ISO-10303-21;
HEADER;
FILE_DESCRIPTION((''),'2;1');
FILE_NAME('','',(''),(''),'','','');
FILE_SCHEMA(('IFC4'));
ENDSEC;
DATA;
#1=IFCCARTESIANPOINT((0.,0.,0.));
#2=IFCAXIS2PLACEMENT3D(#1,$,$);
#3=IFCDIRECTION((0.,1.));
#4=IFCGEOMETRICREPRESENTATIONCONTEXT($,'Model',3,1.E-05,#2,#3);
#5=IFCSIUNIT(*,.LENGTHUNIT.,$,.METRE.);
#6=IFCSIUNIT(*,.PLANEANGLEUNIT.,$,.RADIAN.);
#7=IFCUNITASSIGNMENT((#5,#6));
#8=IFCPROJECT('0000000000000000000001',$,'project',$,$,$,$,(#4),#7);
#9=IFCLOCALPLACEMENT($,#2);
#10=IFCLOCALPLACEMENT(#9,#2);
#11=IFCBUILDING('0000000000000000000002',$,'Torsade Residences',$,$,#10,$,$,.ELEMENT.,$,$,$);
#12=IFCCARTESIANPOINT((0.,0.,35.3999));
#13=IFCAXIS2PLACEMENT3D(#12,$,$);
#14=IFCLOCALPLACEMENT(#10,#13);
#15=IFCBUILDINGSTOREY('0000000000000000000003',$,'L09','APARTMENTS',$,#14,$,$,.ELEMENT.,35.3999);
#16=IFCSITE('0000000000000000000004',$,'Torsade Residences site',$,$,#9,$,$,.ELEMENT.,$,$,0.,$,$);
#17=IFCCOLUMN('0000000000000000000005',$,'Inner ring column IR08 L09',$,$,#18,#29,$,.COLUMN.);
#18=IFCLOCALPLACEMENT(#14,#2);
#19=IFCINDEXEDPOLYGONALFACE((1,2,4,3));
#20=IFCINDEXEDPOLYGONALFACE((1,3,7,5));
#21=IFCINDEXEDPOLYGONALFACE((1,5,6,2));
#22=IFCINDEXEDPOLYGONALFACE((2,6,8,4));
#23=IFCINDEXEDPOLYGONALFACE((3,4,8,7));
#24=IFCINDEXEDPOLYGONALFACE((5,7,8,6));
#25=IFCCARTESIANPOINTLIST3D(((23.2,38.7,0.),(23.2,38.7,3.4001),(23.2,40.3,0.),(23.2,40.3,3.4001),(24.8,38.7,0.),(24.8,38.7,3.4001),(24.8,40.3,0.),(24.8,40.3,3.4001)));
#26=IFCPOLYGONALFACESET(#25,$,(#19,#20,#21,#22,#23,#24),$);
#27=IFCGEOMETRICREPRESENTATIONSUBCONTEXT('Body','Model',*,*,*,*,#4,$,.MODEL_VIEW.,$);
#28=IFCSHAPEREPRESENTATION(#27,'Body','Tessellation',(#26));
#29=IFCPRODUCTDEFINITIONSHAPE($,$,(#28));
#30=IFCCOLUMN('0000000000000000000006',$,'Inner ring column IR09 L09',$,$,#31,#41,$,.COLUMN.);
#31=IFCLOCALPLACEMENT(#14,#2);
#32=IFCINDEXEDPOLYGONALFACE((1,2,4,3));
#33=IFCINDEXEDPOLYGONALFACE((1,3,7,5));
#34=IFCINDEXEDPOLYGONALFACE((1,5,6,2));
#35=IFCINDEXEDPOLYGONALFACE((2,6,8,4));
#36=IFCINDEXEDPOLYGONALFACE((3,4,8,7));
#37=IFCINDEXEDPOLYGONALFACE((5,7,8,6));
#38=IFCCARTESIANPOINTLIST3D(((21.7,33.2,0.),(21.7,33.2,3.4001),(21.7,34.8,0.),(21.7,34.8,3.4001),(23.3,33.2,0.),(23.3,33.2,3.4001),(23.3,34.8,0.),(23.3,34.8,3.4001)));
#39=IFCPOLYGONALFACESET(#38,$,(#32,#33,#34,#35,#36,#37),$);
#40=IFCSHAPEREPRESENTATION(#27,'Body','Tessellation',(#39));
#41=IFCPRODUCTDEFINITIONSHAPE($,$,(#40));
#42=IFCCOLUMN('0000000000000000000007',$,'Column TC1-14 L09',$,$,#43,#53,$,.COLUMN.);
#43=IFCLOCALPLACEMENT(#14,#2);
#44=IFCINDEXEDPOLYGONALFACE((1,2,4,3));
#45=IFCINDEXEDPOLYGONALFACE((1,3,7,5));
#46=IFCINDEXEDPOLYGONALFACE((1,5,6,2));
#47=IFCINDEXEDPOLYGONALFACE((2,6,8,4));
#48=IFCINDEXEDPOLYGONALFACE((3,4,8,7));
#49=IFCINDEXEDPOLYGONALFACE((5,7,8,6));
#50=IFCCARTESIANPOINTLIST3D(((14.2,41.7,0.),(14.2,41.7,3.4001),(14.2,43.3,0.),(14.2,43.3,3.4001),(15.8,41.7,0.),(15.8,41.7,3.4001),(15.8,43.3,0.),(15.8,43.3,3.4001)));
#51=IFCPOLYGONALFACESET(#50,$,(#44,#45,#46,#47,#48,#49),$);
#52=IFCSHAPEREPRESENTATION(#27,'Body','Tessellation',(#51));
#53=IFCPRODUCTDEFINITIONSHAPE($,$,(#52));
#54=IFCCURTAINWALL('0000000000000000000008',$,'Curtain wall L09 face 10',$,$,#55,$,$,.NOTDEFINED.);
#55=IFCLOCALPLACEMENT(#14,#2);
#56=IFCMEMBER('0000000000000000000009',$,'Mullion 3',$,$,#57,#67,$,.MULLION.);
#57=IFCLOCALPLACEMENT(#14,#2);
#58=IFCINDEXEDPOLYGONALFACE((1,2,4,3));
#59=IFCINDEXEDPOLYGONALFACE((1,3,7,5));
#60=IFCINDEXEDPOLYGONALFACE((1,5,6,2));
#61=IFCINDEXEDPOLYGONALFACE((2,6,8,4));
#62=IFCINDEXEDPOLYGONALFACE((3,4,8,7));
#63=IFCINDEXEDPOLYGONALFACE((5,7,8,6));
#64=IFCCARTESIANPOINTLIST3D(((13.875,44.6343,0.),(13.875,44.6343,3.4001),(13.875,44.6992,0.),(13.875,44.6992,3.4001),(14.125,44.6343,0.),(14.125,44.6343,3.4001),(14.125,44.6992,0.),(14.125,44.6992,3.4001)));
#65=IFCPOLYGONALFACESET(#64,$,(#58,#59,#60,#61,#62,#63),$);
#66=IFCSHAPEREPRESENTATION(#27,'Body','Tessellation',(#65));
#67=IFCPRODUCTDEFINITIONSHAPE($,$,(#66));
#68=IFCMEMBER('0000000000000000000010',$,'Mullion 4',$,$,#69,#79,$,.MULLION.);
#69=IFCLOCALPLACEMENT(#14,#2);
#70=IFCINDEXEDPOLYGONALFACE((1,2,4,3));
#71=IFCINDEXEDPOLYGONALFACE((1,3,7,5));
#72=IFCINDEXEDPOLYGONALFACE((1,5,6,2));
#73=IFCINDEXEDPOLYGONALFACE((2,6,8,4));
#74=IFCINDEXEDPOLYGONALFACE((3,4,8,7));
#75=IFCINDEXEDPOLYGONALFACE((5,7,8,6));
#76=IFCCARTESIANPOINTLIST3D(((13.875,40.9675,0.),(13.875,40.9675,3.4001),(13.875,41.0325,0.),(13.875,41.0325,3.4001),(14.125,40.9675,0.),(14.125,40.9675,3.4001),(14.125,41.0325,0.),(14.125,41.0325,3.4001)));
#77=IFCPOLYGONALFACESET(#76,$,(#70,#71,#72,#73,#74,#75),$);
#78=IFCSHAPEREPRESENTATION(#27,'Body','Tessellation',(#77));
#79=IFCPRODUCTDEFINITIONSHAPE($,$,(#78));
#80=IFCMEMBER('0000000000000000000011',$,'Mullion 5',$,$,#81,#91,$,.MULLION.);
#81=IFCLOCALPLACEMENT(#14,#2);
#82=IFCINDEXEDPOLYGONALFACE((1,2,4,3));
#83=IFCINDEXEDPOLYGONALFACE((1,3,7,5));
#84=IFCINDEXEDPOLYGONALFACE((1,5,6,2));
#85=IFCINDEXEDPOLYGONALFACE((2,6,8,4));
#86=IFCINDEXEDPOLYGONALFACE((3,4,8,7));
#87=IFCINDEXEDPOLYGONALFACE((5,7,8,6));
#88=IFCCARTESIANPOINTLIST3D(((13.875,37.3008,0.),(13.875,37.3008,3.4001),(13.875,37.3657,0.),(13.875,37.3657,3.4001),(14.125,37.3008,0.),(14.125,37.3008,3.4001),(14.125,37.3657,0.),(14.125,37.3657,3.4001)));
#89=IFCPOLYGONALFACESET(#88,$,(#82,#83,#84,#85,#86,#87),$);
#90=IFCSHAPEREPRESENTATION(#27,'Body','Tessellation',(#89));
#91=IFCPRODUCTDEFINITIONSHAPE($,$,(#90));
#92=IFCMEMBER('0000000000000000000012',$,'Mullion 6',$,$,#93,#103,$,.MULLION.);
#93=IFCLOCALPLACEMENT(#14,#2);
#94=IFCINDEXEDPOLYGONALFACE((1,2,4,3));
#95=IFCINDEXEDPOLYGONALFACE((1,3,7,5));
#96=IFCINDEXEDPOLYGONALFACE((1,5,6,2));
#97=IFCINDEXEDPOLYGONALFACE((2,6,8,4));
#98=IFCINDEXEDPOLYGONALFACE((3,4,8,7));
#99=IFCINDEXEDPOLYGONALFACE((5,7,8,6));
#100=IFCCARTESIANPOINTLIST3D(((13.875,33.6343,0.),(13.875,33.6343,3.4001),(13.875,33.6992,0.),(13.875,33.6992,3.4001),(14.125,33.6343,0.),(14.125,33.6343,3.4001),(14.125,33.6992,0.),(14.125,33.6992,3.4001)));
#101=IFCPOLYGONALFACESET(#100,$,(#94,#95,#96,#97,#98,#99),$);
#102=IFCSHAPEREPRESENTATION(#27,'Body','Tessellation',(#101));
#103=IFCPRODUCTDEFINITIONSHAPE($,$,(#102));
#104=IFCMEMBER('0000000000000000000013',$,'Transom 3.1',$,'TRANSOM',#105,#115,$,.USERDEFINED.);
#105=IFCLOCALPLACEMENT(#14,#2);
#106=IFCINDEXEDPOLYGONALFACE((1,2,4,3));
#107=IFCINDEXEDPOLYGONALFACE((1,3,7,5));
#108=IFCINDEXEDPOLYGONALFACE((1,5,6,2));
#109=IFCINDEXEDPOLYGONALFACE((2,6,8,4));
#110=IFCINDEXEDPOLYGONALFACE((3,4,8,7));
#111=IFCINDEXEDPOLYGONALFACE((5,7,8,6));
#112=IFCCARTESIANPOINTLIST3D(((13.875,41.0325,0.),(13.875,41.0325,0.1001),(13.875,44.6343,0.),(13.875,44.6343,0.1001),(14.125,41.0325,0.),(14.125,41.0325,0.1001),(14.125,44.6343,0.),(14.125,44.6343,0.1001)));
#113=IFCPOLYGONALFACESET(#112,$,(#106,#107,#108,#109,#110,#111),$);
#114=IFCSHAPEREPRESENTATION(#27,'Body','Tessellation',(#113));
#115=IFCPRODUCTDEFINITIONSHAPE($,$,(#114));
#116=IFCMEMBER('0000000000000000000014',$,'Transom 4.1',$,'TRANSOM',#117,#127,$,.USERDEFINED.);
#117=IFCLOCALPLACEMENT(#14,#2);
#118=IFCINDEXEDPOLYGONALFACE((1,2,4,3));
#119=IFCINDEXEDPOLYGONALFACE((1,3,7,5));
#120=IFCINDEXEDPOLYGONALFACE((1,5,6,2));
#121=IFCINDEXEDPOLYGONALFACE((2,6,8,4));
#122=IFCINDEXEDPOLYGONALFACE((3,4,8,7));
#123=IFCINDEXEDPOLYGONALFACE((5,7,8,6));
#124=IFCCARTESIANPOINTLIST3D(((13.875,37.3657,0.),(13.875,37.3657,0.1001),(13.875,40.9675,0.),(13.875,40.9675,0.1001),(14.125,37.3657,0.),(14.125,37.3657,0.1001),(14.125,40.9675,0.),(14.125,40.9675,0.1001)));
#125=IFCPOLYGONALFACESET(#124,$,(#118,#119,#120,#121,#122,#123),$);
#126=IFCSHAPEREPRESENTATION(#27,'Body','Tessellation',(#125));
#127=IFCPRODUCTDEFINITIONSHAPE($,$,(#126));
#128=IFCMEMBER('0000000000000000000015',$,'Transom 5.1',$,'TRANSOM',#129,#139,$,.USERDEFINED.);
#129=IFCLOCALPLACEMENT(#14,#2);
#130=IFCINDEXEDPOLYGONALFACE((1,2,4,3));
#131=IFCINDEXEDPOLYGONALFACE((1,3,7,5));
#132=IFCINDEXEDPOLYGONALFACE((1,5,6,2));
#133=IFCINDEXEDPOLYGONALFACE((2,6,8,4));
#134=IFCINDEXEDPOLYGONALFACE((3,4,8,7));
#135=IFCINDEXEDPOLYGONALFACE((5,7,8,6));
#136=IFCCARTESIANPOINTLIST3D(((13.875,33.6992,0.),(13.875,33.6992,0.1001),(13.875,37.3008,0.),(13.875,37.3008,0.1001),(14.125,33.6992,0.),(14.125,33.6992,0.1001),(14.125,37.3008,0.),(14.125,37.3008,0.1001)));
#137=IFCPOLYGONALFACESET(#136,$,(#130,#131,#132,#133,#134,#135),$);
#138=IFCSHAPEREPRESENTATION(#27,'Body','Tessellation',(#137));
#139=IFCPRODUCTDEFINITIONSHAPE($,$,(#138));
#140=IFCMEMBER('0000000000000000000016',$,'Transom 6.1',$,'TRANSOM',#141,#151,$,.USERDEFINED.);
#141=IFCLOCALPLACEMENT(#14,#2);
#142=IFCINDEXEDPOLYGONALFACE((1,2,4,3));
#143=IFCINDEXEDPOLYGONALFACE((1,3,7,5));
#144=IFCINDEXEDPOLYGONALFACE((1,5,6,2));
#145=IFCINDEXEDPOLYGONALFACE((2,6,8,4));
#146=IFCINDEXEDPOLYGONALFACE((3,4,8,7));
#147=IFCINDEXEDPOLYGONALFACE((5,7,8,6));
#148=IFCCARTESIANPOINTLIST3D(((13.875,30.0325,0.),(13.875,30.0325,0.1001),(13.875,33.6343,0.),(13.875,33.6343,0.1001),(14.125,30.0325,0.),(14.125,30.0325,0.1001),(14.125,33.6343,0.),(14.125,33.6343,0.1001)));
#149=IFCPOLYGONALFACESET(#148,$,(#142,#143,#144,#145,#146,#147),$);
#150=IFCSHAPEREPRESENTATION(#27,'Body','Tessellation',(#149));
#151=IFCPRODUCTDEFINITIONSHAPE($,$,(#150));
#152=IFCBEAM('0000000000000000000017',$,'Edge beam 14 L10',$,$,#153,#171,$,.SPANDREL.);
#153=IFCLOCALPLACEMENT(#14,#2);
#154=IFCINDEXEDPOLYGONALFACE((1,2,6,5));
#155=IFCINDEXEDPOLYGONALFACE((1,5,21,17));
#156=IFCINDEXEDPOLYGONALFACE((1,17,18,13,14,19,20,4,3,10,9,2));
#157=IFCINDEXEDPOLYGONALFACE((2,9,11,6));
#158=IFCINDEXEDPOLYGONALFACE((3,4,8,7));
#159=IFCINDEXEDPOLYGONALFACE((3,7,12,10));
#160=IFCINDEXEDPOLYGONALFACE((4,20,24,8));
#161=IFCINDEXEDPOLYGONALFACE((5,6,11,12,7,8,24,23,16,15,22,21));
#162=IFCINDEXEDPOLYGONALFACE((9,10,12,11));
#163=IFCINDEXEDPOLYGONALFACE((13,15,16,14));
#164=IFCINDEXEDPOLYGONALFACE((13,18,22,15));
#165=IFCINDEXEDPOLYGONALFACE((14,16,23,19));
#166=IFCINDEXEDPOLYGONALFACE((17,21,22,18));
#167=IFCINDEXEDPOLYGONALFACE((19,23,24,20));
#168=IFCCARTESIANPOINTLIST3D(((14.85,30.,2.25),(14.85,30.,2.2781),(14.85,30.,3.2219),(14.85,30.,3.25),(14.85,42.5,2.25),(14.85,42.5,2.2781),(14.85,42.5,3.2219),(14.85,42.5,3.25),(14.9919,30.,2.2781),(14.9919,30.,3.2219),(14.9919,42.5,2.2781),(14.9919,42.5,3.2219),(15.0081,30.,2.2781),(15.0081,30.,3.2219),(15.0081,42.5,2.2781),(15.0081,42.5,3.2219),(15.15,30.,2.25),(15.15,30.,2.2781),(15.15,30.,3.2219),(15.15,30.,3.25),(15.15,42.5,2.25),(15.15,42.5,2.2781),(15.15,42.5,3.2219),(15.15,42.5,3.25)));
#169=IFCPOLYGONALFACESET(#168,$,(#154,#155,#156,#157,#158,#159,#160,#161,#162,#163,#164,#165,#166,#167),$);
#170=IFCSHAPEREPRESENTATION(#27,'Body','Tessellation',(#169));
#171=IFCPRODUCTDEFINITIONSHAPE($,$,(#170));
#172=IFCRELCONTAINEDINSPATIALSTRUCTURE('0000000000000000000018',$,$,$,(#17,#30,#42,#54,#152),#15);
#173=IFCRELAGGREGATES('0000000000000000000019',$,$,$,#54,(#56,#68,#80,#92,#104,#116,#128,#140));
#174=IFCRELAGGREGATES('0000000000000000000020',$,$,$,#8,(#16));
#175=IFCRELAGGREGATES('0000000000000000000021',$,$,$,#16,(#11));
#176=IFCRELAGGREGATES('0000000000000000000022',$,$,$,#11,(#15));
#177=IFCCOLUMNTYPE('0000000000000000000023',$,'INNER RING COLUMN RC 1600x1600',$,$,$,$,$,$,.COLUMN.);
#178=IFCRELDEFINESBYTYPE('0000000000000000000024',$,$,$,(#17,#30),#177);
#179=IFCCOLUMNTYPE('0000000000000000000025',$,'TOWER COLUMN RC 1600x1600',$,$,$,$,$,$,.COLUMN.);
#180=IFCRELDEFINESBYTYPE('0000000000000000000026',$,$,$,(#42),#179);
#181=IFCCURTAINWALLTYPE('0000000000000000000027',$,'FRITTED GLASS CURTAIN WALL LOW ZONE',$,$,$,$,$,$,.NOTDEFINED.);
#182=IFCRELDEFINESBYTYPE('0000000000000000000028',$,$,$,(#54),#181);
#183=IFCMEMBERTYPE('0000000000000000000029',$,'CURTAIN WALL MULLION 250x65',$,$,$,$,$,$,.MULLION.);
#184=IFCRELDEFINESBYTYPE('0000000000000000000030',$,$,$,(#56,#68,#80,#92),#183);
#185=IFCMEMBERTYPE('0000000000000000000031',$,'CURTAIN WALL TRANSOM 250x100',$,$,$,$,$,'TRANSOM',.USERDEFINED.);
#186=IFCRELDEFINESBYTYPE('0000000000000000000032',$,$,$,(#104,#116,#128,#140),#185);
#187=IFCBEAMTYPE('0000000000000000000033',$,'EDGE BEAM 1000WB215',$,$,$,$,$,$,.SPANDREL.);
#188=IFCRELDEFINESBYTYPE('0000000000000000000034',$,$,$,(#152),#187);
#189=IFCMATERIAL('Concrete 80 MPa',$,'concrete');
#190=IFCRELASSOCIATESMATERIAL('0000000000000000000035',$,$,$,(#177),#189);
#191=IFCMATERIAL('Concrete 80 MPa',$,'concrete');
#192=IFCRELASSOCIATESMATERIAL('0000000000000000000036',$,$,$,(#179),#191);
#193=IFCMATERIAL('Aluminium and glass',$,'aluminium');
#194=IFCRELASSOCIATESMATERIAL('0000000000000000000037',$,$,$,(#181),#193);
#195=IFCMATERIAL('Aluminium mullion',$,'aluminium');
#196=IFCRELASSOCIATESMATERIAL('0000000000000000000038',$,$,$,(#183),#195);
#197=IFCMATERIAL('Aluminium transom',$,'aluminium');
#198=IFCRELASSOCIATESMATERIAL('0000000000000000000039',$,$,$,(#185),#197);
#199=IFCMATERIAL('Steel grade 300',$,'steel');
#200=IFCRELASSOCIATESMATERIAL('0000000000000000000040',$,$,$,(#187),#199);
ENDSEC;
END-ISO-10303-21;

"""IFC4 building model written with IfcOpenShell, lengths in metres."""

from ifc_helpers import new_model, si_unit, direction, frame, origin, origin_2d, place, context, subcontext, project, spatial, rectangle, i_section, extrude, material, material_profile, profile_set, type_object, element, aggregate, save


model = new_model("IFC4")

# Units and contexts
model_context = context("Model", 3, precision=1e-05, world=origin(), true_north=direction((0.0, 1.0)))
body_context = subcontext(model_context, "Body", "Model", "MODEL_VIEW")
ifc_project = project(units=[si_unit("LENGTHUNIT", "METRE"), si_unit("PLANEANGLEUNIT", "RADIAN")], contexts=[model_context])

# Site, building, storey
site_placement = place(None, origin())
site = spatial("IfcSite", under=ifc_project, at=site_placement, Name="Torsade Residences site", CompositionType="ELEMENT", RefElevation=0.0)
building_placement = place(site_placement, origin())
building = spatial("IfcBuilding", under=site, at=building_placement, Name="Torsade Residences", CompositionType="ELEMENT")
storey_placement = place(building_placement, frame((0.0, 0.0, 35.3999)))
storey = spatial("IfcBuildingStorey", under=building, at=storey_placement, Name="L09", Description="APARTMENTS", CompositionType="ELEMENT", Elevation=35.3999)

# Columns
ifc_material_1 = material(Name="Concrete 80 MPa", Category="concrete")
ifc_material_profile_1 = material_profile(ifc_material_1, rectangle(XDim=1.6001, YDim=1.6001, at=origin_2d()), Name="RC 1600x1600")
ifc_profile_set_1 = profile_set([ifc_material_profile_1], Name="Concrete 80 MPa")
column_type_1 = type_object("IfcColumnType", Name="INNER RING COLUMN RC 1600x1600", PredefinedType="COLUMN", material=ifc_profile_set_1)
for number, where, z_axis, x_axis, name in (
    (1, (24.0, 39.5, 0.0), (0.0, 0.0, 1.0), (1.0, 0.0, 0.0), "Inner ring column IR08 L09"),
    (2, (22.5, 34.0, 0.0), (0.0, 0.0, 1.0), (1.0, 0.0, 0.0), "Inner ring column IR09 L09"),
):
    element("IfcColumn", number, at=place(storey_placement, frame(where, z_axis=z_axis, x_axis=x_axis)), inside=storey, type_object=column_type_1, Name=name, PredefinedType="COLUMN", context=body_context, shape_type="SweptSolid", body=[
        extrude(rectangle(XDim=1.6001, YDim=1.6001, at=origin_2d()), origin(), (0.0, 0.0, 1.0), 3.4001),
    ])
ifc_material_2 = material(Name="Concrete 80 MPa", Category="concrete")
ifc_material_profile_2 = material_profile(ifc_material_2, rectangle(XDim=1.6001, YDim=1.6001, at=origin_2d()), Name="RC 1600x1600")
ifc_profile_set_2 = profile_set([ifc_material_profile_2], Name="Concrete 80 MPa")
column_type_2 = type_object("IfcColumnType", Name="TOWER COLUMN RC 1600x1600", PredefinedType="COLUMN", material=ifc_profile_set_2)
column_placement = place(storey_placement, frame((15.0, 42.5, 0.0), z_axis=(0.0, 0.0, 1.0), x_axis=(1.0, 0.0, 0.0)))
element("IfcColumn", 3, at=column_placement, inside=storey, type_object=column_type_2, Name="Column TC1-14 L09", PredefinedType="COLUMN", context=body_context, shape_type="SweptSolid", body=[
    extrude(rectangle(XDim=1.6001, YDim=1.6001, at=origin_2d()), origin(), (0.0, 0.0, 1.0), 3.4001),
])

# Curtain wall, members
ifc_material_3 = material(Name="Aluminium and glass", Category="aluminium")
curtain_wall_type = type_object("IfcCurtainWallType", Name="FRITTED GLASS CURTAIN WALL LOW ZONE", PredefinedType="NOTDEFINED", material=ifc_material_3)
curtain_wall_placement = place(storey_placement, origin())
curtain_wall = element("IfcCurtainWall", 4, at=curtain_wall_placement, inside=storey, type_object=curtain_wall_type, Name="Curtain wall L09 face 10", PredefinedType="NOTDEFINED")
ifc_material_4 = material(Name="Aluminium mullion", Category="aluminium")
ifc_material_profile_3 = material_profile(ifc_material_4, rectangle(XDim=0.25, YDim=0.0649, at=origin_2d()), Name="CURTAIN WALL MULLION 250x65")
ifc_profile_set_3 = profile_set([ifc_material_profile_3], Name="Aluminium mullion")
member_type_1 = type_object("IfcMemberType", Name="CURTAIN WALL MULLION 250x65", PredefinedType="MULLION", material=ifc_profile_set_3)
member_1_placement = place(storey_placement, frame((14.0, 44.6667, 0.0), z_axis=(0.0, 0.0, 1.0), x_axis=(1.0, 0.0, 0.0)))
member_1 = element("IfcMember", 5, at=member_1_placement, type_object=member_type_1, Name="Mullion 3", PredefinedType="MULLION", context=body_context, shape_type="SweptSolid", body=[
    extrude(rectangle(XDim=0.25, YDim=0.0649, at=origin_2d()), origin(), (0.0, 0.0, 1.0), 3.4001),
])
member_2_placement = place(storey_placement, frame((14.0, 41.0, 0.0), z_axis=(0.0, 0.0, 1.0), x_axis=(1.0, 0.0, 0.0)))
member_2 = element("IfcMember", 6, at=member_2_placement, type_object=member_type_1, Name="Mullion 4", PredefinedType="MULLION", context=body_context, shape_type="SweptSolid", body=[
    extrude(rectangle(XDim=0.25, YDim=0.0649, at=origin_2d()), origin(), (0.0, 0.0, 1.0), 3.4001),
])
member_3_placement = place(storey_placement, frame((14.0, 37.3333, 0.0), z_axis=(0.0, 0.0, 1.0), x_axis=(1.0, 0.0, 0.0)))
member_3 = element("IfcMember", 7, at=member_3_placement, type_object=member_type_1, Name="Mullion 5", PredefinedType="MULLION", context=body_context, shape_type="SweptSolid", body=[
    extrude(rectangle(XDim=0.25, YDim=0.0649, at=origin_2d()), origin(), (0.0, 0.0, 1.0), 3.4001),
])
member_4_placement = place(storey_placement, frame((14.0, 33.6667, 0.0), z_axis=(0.0, 0.0, 1.0), x_axis=(1.0, 0.0, 0.0)))
member_4 = element("IfcMember", 8, at=member_4_placement, type_object=member_type_1, Name="Mullion 6", PredefinedType="MULLION", context=body_context, shape_type="SweptSolid", body=[
    extrude(rectangle(XDim=0.25, YDim=0.0649, at=origin_2d()), origin(), (0.0, 0.0, 1.0), 3.4001),
])
ifc_material_5 = material(Name="Aluminium transom", Category="aluminium")
ifc_material_profile_4 = material_profile(ifc_material_5, rectangle(XDim=0.25, YDim=0.1001, at=origin_2d()), Name="CURTAIN WALL TRANSOM 250x100")
ifc_profile_set_4 = profile_set([ifc_material_profile_4], Name="Aluminium transom")
member_type_2 = type_object("IfcMemberType", Name="CURTAIN WALL TRANSOM 250x100", ElementType="TRANSOM", PredefinedType="USERDEFINED", material=ifc_profile_set_4)
member_5_placement = place(storey_placement, frame((14.0, 44.6343, 0.05), z_axis=(0.0, -1.0, 0.0), x_axis=(1.0, 0.0, 0.0)))
member_5 = element("IfcMember", 9, at=member_5_placement, type_object=member_type_2, Name="Transom 3.1", ObjectType="TRANSOM", PredefinedType="USERDEFINED", context=body_context, shape_type="SweptSolid", body=[
    extrude(rectangle(XDim=0.25, YDim=0.1001, at=origin_2d()), origin(), (0.0, 0.0, 1.0), 3.6018),
])
member_6_placement = place(storey_placement, frame((14.0, 40.9675, 0.05), z_axis=(0.0, -1.0, 0.0), x_axis=(1.0, 0.0, 0.0)))
member_6 = element("IfcMember", 10, at=member_6_placement, type_object=member_type_2, Name="Transom 4.1", ObjectType="TRANSOM", PredefinedType="USERDEFINED", context=body_context, shape_type="SweptSolid", body=[
    extrude(rectangle(XDim=0.25, YDim=0.1001, at=origin_2d()), origin(), (0.0, 0.0, 1.0), 3.6018),
])
member_7_placement = place(storey_placement, frame((14.0, 37.3008, 0.05), z_axis=(0.0, -1.0, 0.0), x_axis=(1.0, 0.0, 0.0)))
member_7 = element("IfcMember", 11, at=member_7_placement, type_object=member_type_2, Name="Transom 5.1", ObjectType="TRANSOM", PredefinedType="USERDEFINED", context=body_context, shape_type="SweptSolid", body=[
    extrude(rectangle(XDim=0.25, YDim=0.1001, at=origin_2d()), origin(), (0.0, 0.0, 1.0), 3.6016),
])
member_8_placement = place(storey_placement, frame((14.0, 33.6343, 0.05), z_axis=(0.0, -1.0, 0.0), x_axis=(1.0, 0.0, 0.0)))
member_8 = element("IfcMember", 12, at=member_8_placement, type_object=member_type_2, Name="Transom 6.1", ObjectType="TRANSOM", PredefinedType="USERDEFINED", context=body_context, shape_type="SweptSolid", body=[
    extrude(rectangle(XDim=0.25, YDim=0.1001, at=origin_2d()), origin(), (0.0, 0.0, 1.0), 3.6018),
])

# Beam
ifc_material_6 = material(Name="Steel grade 300", Category="steel")
ifc_material_profile_5 = material_profile(ifc_material_6, i_section(OverallWidth=0.3, OverallDepth=1.0, WebThickness=0.0161, FlangeThickness=0.0281, at=origin_2d()), Name="1000WB215")
ifc_profile_set_5 = profile_set([ifc_material_profile_5], Name="Steel grade 300")
beam_type_1 = type_object("IfcBeamType", Name="EDGE BEAM 1000WB215", PredefinedType="SPANDREL", material=ifc_profile_set_5)
beam_1_placement = place(storey_placement, frame((15.0, 42.5, 2.75), z_axis=(0.0, -1.0, 0.0), x_axis=(1.0, 0.0, 0.0)))
element("IfcBeam", 13, at=beam_1_placement, inside=storey, type_object=beam_type_1, Name="Edge beam 14 L10", PredefinedType="SPANDREL", context=body_context, shape_type="SweptSolid", body=[
    extrude(i_section(OverallWidth=0.3, OverallDepth=1.0, WebThickness=0.0161, FlangeThickness=0.0281, at=origin_2d()), origin(), (0.0, 0.0, 1.0), 12.5),
])

aggregate(curtain_wall, [member_1, member_2, member_3, member_4, member_5, member_6, member_7, member_8])

save(model, "model.ifc")
